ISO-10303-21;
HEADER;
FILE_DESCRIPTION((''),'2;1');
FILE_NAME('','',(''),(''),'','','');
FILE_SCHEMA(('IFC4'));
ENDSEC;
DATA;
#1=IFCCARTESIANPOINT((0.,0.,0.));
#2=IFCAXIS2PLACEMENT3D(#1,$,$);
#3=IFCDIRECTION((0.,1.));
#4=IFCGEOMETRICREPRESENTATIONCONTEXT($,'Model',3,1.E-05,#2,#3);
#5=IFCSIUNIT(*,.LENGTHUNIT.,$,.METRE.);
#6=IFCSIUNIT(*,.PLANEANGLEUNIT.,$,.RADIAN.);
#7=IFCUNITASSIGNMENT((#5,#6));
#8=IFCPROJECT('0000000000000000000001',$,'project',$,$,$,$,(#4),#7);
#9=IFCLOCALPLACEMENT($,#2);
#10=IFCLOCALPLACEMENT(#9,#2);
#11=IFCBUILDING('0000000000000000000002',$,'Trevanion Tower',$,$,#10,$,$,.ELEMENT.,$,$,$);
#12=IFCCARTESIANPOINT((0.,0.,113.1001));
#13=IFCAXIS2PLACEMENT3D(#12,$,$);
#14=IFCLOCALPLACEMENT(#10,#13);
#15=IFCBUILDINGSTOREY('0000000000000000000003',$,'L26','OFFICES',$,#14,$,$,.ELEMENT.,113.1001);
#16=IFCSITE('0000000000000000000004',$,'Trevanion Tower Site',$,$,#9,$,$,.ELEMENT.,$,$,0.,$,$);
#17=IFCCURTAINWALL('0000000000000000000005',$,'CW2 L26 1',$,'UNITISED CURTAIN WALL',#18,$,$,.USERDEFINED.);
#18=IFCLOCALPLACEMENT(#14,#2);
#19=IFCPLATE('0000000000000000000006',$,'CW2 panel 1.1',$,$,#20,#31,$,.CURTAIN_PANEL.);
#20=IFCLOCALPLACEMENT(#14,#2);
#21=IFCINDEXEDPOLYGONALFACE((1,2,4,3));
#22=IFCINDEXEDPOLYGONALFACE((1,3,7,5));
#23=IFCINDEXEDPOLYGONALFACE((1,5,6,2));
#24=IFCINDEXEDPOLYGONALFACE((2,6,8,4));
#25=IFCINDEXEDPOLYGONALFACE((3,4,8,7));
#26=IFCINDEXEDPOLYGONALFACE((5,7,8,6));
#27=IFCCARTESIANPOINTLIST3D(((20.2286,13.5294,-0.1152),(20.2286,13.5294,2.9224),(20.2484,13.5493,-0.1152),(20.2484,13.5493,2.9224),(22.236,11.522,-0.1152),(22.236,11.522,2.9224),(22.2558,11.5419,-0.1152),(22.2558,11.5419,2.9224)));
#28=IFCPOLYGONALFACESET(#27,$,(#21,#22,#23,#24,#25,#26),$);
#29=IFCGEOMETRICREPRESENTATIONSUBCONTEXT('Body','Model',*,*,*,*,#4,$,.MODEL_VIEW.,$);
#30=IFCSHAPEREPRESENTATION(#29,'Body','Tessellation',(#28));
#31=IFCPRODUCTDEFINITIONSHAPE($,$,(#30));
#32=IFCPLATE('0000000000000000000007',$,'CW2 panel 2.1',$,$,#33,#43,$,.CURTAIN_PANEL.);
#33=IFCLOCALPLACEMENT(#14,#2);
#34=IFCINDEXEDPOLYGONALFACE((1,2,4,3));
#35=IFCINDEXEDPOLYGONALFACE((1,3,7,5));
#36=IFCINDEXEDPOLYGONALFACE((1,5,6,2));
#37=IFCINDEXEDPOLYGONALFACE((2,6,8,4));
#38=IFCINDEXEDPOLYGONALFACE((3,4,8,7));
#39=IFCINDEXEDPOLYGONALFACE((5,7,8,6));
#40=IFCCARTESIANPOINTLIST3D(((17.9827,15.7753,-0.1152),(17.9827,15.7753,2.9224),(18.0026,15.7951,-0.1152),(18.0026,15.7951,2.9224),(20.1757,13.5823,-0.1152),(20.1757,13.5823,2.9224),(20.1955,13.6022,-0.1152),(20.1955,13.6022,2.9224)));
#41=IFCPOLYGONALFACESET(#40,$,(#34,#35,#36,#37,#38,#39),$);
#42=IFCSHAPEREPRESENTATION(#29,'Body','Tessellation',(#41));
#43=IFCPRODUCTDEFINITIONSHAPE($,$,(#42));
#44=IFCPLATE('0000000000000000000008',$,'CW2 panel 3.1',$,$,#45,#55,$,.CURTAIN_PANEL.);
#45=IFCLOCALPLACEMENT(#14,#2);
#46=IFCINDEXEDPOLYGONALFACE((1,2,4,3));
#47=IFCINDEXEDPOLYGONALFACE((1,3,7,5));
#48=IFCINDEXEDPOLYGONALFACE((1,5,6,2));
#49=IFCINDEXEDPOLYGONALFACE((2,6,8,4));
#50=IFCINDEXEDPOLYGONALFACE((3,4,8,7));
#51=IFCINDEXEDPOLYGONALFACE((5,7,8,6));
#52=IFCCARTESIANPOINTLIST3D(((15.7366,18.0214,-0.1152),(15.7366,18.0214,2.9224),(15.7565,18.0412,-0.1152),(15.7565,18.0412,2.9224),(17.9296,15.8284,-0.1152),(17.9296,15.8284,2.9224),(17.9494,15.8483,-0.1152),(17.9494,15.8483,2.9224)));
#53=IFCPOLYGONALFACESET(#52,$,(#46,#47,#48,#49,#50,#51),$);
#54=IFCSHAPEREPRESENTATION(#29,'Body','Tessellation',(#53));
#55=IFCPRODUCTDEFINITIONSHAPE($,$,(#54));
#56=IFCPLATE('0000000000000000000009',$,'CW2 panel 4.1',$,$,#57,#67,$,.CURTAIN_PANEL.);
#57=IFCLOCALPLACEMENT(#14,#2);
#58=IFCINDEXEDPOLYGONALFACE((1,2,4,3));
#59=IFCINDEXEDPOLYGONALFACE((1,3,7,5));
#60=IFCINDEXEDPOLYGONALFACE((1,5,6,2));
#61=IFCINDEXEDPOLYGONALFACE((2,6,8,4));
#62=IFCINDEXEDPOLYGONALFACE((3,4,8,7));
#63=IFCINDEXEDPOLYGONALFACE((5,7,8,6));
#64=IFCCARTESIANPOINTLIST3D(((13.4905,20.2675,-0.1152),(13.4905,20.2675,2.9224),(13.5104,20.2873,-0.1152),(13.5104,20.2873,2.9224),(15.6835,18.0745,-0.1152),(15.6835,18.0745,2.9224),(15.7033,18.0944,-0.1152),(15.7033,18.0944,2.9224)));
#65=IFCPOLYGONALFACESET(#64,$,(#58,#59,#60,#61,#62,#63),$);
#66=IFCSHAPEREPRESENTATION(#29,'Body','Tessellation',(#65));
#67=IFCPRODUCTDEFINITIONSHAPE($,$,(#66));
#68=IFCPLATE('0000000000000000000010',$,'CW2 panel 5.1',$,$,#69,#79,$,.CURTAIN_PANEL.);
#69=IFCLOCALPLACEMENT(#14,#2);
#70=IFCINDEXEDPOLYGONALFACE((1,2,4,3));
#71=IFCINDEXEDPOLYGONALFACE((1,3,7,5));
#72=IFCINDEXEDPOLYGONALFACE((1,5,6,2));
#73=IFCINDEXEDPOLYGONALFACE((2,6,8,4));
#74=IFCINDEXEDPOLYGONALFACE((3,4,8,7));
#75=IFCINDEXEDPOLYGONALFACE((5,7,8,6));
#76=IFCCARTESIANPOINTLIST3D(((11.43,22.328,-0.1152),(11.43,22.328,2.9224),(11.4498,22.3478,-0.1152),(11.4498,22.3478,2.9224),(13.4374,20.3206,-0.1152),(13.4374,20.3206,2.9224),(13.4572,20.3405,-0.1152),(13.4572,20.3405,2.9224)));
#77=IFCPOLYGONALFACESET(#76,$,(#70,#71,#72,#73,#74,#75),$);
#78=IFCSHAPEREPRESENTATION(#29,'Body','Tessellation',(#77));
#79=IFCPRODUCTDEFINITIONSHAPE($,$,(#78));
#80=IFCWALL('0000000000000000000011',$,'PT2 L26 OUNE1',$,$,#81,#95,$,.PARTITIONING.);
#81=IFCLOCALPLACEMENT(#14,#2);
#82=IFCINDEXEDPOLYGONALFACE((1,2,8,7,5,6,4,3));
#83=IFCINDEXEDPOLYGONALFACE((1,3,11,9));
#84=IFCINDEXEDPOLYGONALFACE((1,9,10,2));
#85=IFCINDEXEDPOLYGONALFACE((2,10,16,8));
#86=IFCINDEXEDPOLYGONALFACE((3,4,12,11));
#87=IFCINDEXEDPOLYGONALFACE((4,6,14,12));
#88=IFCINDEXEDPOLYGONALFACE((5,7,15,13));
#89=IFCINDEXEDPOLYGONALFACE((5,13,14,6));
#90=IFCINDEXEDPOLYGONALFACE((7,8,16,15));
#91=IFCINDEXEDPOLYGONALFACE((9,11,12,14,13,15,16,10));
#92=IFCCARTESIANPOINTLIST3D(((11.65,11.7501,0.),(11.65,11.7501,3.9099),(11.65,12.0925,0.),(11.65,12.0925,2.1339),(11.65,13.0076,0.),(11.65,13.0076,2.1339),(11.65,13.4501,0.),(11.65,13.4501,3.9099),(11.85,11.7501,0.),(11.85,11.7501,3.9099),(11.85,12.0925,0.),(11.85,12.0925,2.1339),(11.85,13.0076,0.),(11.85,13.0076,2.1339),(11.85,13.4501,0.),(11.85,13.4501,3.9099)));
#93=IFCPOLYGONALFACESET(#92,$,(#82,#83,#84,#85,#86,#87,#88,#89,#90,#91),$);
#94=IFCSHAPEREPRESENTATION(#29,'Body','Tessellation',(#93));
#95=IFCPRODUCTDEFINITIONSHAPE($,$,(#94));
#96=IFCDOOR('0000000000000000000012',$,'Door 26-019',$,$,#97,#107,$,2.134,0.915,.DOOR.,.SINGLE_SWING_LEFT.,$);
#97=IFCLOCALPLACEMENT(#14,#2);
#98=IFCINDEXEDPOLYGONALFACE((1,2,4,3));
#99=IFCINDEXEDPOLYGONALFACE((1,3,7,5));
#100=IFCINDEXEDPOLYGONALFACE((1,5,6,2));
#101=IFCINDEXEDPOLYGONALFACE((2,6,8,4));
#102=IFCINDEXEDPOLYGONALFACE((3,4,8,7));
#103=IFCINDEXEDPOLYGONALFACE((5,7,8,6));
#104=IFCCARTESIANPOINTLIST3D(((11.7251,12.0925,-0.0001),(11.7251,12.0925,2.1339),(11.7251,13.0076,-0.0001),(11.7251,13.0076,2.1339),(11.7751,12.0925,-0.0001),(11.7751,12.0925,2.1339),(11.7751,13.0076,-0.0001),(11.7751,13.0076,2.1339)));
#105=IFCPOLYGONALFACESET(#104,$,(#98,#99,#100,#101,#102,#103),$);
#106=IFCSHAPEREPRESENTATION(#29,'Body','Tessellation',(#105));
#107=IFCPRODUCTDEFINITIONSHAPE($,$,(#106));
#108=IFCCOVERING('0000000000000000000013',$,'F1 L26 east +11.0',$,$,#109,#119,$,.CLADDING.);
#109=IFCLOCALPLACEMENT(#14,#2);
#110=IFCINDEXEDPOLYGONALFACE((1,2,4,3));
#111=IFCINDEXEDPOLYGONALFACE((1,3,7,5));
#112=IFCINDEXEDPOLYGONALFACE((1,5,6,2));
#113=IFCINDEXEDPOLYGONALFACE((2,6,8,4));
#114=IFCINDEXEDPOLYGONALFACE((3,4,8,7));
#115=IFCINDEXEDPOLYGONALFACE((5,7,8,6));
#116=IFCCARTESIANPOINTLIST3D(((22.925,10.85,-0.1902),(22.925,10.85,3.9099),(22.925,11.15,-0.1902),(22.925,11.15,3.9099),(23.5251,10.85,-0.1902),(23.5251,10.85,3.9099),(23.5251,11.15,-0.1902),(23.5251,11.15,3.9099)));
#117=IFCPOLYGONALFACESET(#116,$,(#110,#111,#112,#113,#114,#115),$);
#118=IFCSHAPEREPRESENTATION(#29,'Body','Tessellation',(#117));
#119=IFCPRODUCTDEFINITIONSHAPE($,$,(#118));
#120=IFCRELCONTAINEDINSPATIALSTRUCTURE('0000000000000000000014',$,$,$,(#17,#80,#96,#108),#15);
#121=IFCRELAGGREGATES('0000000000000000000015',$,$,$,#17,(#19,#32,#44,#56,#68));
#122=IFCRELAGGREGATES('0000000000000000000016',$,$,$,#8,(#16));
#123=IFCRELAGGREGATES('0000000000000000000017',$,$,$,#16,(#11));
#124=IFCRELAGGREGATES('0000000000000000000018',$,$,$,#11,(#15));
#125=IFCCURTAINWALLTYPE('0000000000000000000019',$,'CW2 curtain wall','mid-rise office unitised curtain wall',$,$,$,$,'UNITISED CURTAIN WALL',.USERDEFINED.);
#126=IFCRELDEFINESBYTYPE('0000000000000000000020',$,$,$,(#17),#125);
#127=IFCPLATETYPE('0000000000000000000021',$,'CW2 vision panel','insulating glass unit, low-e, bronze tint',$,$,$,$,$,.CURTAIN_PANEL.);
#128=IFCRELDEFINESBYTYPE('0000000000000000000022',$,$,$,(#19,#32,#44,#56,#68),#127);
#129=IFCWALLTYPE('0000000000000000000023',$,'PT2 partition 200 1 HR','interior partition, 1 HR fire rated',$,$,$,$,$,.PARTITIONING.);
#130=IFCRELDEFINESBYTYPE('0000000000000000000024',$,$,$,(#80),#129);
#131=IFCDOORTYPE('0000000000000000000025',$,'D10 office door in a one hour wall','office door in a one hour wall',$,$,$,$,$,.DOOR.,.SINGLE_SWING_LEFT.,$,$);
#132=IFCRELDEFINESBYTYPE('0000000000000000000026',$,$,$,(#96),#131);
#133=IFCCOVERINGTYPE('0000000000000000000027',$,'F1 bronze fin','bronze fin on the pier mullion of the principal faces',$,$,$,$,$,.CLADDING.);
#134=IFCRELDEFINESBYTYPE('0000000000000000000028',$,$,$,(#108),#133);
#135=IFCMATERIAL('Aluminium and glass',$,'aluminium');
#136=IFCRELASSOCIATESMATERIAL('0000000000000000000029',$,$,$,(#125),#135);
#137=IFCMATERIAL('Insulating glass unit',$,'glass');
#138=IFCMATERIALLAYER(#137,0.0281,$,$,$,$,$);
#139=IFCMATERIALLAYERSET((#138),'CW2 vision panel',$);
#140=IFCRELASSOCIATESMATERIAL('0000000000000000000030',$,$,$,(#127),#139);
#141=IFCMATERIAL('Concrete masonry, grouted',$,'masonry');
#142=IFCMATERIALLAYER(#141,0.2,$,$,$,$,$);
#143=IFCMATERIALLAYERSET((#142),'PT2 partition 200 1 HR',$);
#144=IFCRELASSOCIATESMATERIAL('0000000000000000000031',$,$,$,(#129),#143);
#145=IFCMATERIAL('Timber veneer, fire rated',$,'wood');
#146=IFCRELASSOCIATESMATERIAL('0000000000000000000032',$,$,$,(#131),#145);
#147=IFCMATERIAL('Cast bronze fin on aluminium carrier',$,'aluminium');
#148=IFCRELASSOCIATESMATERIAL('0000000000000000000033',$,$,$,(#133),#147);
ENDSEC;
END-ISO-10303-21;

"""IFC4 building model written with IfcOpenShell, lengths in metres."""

from ifc_helpers import new_model, si_unit, direction, frame, frame_2d, origin, origin_2d, place, context, subcontext, project, spatial, rectangle, extrude, material, layer, layer_set, type_object, element, fill, aggregate, save


model = new_model("IFC4")

# Units and contexts
model_context = context("Model", 3, precision=1e-05, world=origin(), true_north=direction((0.0, 1.0)))
body_context = subcontext(model_context, "Body", "Model", "MODEL_VIEW")
ifc_project = project(units=[si_unit("LENGTHUNIT", "METRE"), si_unit("PLANEANGLEUNIT", "RADIAN")], contexts=[model_context])

# Site, building, storey
site_placement = place(None, origin())
site = spatial("IfcSite", under=ifc_project, at=site_placement, Name="Trevanion Tower Site", CompositionType="ELEMENT", RefElevation=0.0)
building_placement = place(site_placement, origin())
building = spatial("IfcBuilding", under=site, at=building_placement, Name="Trevanion Tower", CompositionType="ELEMENT")
storey_placement = place(building_placement, frame((0.0, 0.0, 113.1001)))
storey = spatial("IfcBuildingStorey", under=building, at=storey_placement, Name="L26", Description="OFFICES", CompositionType="ELEMENT", Elevation=113.1001)

# Curtain wall
ifc_material_1 = material(Name="Aluminium and glass", Category="aluminium")
curtain_wall_type = type_object("IfcCurtainWallType", Name="CW2 curtain wall", Description="mid-rise office unitised curtain wall", ElementType="UNITISED CURTAIN WALL", PredefinedType="USERDEFINED", material=ifc_material_1)
curtain_wall_1_placement = place(storey_placement, origin())
curtain_wall_1 = element("IfcCurtainWall", 1, at=curtain_wall_1_placement, inside=storey, type_object=curtain_wall_type, Name="CW2 L26 1", ObjectType="UNITISED CURTAIN WALL", PredefinedType="USERDEFINED")

# Plates
ifc_material_2 = material(Name="Insulating glass unit", Category="glass")
ifc_layer_1 = layer(ifc_material_2, 0.0281)
ifc_layer_set_1 = layer_set([ifc_layer_1], Name="CW2 vision panel")
plate_type_1 = type_object("IfcPlateType", Name="CW2 vision panel", Description="insulating glass unit, low-e, bronze tint", PredefinedType="CURTAIN_PANEL", material=ifc_layer_set_1)
plate_1_placement = place(storey_placement, frame((21.2422, 12.5356, -0.1152), z_axis=(0.0, 0.0, 1.0), x_axis=(-0.707107, 0.707107, 0.0)))
plate_1 = element("IfcPlate", 2, at=plate_1_placement, type_object=plate_type_1, Name="CW2 panel 1.1", PredefinedType="CURTAIN_PANEL", context=body_context, shape_type="SweptSolid", body=[
    extrude(rectangle(XDim=2.8389, YDim=0.0281, at=origin_2d()), origin(), (0.0, 0.0, 1.0), 3.0376),
])
plate_2_placement = place(storey_placement, frame((19.0891, 14.6887, -0.1152), z_axis=(0.0, 0.0, 1.0), x_axis=(-0.707107, 0.707107, 0.0)))
plate_2 = element("IfcPlate", 3, at=plate_2_placement, type_object=plate_type_1, Name="CW2 panel 2.1", PredefinedType="CURTAIN_PANEL", context=body_context, shape_type="SweptSolid", body=[
    extrude(rectangle(XDim=3.1013, YDim=0.0281, at=origin_2d()), origin(), (0.0, 0.0, 1.0), 3.0376),
])
plate_3_placement = place(storey_placement, frame((16.843, 16.9348, -0.1152), z_axis=(0.0, 0.0, 1.0), x_axis=(-0.707107, 0.707107, 0.0)))
plate_3 = element("IfcPlate", 4, at=plate_3_placement, type_object=plate_type_1, Name="CW2 panel 3.1", PredefinedType="CURTAIN_PANEL", context=body_context, shape_type="SweptSolid", body=[
    extrude(rectangle(XDim=3.1013, YDim=0.0281, at=origin_2d()), origin(), (0.0, 0.0, 1.0), 3.0376),
])
plate_4_placement = place(storey_placement, frame((14.5969, 19.1809, -0.1152), z_axis=(0.0, 0.0, 1.0), x_axis=(-0.707107, 0.707107, 0.0)))
plate_4 = element("IfcPlate", 5, at=plate_4_placement, type_object=plate_type_1, Name="CW2 panel 4.1", PredefinedType="CURTAIN_PANEL", context=body_context, shape_type="SweptSolid", body=[
    extrude(rectangle(XDim=3.1013, YDim=0.0281, at=origin_2d()), origin(), (0.0, 0.0, 1.0), 3.0376),
])
plate_5_placement = place(storey_placement, frame((12.4436, 21.3342, -0.1152), z_axis=(0.0, 0.0, 1.0), x_axis=(-0.707107, 0.707107, 0.0)))
plate_5 = element("IfcPlate", 6, at=plate_5_placement, type_object=plate_type_1, Name="CW2 panel 5.1", PredefinedType="CURTAIN_PANEL", context=body_context, shape_type="SweptSolid", body=[
    extrude(rectangle(XDim=2.8389, YDim=0.0281, at=origin_2d()), origin(), (0.0, 0.0, 1.0), 3.0376),
])
aggregate(curtain_wall_1, [plate_1, plate_2, plate_3, plate_4, plate_5])

# Wall, opening, door
ifc_material_3 = material(Name="Concrete masonry, grouted", Category="masonry")
ifc_layer_2 = layer(ifc_material_3, 0.2)
ifc_layer_set_2 = layer_set([ifc_layer_2], Name="PT2 partition 200 1 HR")
wall_type = type_object("IfcWallType", Name="PT2 partition 200 1 HR", Description="interior partition, 1 HR fire rated", PredefinedType="PARTITIONING", material=ifc_layer_set_2)
wall_placement = place(storey_placement, frame((11.75, 11.75, 0.0), z_axis=(0.0, 0.0, 1.0), x_axis=(0.0, 1.0, 0.0)))
wall = element("IfcWall", 7, at=wall_placement, inside=storey, type_object=wall_type, Name="PT2 L26 OUNE1", PredefinedType="PARTITIONING", context=body_context, shape_type="SweptSolid", body=[
    extrude(rectangle(XDim=1.7, YDim=0.2, at=frame_2d((0.8501, 0.0))), origin(), (0.0, 0.0, 1.0), 3.9099),
])
opening_placement = place(wall_placement, frame((0.3425, 0.0, 0.0)))
opening = element("IfcOpeningElement", 8, at=opening_placement, cuts=wall, PredefinedType="OPENING", context=body_context, shape_type="SweptSolid", body=[
    extrude(rectangle(XDim=0.915, YDim=2.134, at=frame_2d((0.4575, 1.0669))), frame((0.0, 0.1099, 0.0), z_axis=(0.0, -1.0, 0.0), x_axis=(1.0, 0.0, 0.0)), (0.0, 0.0, 1.0), 0.22),
])
ifc_material_4 = material(Name="Timber veneer, fire rated", Category="wood")
door_type = type_object("IfcDoorType", Name="D10 office door in a one hour wall", Description="office door in a one hour wall", OperationType="SINGLE_SWING_LEFT", PredefinedType="DOOR", material=ifc_material_4)
door_placement = place(opening_placement, origin())
door = element("IfcDoor", 9, at=door_placement, inside=storey, type_object=door_type, Name="Door 26-019", OperationType="SINGLE_SWING_LEFT", OverallHeight=2.134, OverallWidth=0.915, PredefinedType="DOOR", context=body_context, shape_type="SweptSolid", body=[
    extrude(rectangle(XDim=0.915, YDim=2.134, at=frame_2d((0.4575, 1.0669))), frame((0.0, 0.0249, 0.0), z_axis=(0.0, -1.0, 0.0), x_axis=(1.0, 0.0, 0.0)), (0.0, 0.0, 1.0), 0.05),
])
fill(opening, door)

# Covering
ifc_material_5 = material(Name="Cast bronze fin on aluminium carrier", Category="aluminium")
covering_type = type_object("IfcCoveringType", Name="F1 bronze fin", Description="bronze fin on the pier mullion of the principal faces", PredefinedType="CLADDING", material=ifc_material_5)
covering_placement = place(storey_placement, frame((23.2251, 11.0, -0.1902), z_axis=(0.0, 0.0, 1.0), x_axis=(0.0, 1.0, 0.0)))
element("IfcCovering", 10, at=covering_placement, inside=storey, type_object=covering_type, Name="F1 L26 east +11.0", PredefinedType="CLADDING", context=body_context, shape_type="SweptSolid", body=[
    extrude(rectangle(XDim=0.3, YDim=0.6001, at=origin_2d()), origin(), (0.0, 0.0, 1.0), 4.1001),
])

save(model, "model.ifc")
